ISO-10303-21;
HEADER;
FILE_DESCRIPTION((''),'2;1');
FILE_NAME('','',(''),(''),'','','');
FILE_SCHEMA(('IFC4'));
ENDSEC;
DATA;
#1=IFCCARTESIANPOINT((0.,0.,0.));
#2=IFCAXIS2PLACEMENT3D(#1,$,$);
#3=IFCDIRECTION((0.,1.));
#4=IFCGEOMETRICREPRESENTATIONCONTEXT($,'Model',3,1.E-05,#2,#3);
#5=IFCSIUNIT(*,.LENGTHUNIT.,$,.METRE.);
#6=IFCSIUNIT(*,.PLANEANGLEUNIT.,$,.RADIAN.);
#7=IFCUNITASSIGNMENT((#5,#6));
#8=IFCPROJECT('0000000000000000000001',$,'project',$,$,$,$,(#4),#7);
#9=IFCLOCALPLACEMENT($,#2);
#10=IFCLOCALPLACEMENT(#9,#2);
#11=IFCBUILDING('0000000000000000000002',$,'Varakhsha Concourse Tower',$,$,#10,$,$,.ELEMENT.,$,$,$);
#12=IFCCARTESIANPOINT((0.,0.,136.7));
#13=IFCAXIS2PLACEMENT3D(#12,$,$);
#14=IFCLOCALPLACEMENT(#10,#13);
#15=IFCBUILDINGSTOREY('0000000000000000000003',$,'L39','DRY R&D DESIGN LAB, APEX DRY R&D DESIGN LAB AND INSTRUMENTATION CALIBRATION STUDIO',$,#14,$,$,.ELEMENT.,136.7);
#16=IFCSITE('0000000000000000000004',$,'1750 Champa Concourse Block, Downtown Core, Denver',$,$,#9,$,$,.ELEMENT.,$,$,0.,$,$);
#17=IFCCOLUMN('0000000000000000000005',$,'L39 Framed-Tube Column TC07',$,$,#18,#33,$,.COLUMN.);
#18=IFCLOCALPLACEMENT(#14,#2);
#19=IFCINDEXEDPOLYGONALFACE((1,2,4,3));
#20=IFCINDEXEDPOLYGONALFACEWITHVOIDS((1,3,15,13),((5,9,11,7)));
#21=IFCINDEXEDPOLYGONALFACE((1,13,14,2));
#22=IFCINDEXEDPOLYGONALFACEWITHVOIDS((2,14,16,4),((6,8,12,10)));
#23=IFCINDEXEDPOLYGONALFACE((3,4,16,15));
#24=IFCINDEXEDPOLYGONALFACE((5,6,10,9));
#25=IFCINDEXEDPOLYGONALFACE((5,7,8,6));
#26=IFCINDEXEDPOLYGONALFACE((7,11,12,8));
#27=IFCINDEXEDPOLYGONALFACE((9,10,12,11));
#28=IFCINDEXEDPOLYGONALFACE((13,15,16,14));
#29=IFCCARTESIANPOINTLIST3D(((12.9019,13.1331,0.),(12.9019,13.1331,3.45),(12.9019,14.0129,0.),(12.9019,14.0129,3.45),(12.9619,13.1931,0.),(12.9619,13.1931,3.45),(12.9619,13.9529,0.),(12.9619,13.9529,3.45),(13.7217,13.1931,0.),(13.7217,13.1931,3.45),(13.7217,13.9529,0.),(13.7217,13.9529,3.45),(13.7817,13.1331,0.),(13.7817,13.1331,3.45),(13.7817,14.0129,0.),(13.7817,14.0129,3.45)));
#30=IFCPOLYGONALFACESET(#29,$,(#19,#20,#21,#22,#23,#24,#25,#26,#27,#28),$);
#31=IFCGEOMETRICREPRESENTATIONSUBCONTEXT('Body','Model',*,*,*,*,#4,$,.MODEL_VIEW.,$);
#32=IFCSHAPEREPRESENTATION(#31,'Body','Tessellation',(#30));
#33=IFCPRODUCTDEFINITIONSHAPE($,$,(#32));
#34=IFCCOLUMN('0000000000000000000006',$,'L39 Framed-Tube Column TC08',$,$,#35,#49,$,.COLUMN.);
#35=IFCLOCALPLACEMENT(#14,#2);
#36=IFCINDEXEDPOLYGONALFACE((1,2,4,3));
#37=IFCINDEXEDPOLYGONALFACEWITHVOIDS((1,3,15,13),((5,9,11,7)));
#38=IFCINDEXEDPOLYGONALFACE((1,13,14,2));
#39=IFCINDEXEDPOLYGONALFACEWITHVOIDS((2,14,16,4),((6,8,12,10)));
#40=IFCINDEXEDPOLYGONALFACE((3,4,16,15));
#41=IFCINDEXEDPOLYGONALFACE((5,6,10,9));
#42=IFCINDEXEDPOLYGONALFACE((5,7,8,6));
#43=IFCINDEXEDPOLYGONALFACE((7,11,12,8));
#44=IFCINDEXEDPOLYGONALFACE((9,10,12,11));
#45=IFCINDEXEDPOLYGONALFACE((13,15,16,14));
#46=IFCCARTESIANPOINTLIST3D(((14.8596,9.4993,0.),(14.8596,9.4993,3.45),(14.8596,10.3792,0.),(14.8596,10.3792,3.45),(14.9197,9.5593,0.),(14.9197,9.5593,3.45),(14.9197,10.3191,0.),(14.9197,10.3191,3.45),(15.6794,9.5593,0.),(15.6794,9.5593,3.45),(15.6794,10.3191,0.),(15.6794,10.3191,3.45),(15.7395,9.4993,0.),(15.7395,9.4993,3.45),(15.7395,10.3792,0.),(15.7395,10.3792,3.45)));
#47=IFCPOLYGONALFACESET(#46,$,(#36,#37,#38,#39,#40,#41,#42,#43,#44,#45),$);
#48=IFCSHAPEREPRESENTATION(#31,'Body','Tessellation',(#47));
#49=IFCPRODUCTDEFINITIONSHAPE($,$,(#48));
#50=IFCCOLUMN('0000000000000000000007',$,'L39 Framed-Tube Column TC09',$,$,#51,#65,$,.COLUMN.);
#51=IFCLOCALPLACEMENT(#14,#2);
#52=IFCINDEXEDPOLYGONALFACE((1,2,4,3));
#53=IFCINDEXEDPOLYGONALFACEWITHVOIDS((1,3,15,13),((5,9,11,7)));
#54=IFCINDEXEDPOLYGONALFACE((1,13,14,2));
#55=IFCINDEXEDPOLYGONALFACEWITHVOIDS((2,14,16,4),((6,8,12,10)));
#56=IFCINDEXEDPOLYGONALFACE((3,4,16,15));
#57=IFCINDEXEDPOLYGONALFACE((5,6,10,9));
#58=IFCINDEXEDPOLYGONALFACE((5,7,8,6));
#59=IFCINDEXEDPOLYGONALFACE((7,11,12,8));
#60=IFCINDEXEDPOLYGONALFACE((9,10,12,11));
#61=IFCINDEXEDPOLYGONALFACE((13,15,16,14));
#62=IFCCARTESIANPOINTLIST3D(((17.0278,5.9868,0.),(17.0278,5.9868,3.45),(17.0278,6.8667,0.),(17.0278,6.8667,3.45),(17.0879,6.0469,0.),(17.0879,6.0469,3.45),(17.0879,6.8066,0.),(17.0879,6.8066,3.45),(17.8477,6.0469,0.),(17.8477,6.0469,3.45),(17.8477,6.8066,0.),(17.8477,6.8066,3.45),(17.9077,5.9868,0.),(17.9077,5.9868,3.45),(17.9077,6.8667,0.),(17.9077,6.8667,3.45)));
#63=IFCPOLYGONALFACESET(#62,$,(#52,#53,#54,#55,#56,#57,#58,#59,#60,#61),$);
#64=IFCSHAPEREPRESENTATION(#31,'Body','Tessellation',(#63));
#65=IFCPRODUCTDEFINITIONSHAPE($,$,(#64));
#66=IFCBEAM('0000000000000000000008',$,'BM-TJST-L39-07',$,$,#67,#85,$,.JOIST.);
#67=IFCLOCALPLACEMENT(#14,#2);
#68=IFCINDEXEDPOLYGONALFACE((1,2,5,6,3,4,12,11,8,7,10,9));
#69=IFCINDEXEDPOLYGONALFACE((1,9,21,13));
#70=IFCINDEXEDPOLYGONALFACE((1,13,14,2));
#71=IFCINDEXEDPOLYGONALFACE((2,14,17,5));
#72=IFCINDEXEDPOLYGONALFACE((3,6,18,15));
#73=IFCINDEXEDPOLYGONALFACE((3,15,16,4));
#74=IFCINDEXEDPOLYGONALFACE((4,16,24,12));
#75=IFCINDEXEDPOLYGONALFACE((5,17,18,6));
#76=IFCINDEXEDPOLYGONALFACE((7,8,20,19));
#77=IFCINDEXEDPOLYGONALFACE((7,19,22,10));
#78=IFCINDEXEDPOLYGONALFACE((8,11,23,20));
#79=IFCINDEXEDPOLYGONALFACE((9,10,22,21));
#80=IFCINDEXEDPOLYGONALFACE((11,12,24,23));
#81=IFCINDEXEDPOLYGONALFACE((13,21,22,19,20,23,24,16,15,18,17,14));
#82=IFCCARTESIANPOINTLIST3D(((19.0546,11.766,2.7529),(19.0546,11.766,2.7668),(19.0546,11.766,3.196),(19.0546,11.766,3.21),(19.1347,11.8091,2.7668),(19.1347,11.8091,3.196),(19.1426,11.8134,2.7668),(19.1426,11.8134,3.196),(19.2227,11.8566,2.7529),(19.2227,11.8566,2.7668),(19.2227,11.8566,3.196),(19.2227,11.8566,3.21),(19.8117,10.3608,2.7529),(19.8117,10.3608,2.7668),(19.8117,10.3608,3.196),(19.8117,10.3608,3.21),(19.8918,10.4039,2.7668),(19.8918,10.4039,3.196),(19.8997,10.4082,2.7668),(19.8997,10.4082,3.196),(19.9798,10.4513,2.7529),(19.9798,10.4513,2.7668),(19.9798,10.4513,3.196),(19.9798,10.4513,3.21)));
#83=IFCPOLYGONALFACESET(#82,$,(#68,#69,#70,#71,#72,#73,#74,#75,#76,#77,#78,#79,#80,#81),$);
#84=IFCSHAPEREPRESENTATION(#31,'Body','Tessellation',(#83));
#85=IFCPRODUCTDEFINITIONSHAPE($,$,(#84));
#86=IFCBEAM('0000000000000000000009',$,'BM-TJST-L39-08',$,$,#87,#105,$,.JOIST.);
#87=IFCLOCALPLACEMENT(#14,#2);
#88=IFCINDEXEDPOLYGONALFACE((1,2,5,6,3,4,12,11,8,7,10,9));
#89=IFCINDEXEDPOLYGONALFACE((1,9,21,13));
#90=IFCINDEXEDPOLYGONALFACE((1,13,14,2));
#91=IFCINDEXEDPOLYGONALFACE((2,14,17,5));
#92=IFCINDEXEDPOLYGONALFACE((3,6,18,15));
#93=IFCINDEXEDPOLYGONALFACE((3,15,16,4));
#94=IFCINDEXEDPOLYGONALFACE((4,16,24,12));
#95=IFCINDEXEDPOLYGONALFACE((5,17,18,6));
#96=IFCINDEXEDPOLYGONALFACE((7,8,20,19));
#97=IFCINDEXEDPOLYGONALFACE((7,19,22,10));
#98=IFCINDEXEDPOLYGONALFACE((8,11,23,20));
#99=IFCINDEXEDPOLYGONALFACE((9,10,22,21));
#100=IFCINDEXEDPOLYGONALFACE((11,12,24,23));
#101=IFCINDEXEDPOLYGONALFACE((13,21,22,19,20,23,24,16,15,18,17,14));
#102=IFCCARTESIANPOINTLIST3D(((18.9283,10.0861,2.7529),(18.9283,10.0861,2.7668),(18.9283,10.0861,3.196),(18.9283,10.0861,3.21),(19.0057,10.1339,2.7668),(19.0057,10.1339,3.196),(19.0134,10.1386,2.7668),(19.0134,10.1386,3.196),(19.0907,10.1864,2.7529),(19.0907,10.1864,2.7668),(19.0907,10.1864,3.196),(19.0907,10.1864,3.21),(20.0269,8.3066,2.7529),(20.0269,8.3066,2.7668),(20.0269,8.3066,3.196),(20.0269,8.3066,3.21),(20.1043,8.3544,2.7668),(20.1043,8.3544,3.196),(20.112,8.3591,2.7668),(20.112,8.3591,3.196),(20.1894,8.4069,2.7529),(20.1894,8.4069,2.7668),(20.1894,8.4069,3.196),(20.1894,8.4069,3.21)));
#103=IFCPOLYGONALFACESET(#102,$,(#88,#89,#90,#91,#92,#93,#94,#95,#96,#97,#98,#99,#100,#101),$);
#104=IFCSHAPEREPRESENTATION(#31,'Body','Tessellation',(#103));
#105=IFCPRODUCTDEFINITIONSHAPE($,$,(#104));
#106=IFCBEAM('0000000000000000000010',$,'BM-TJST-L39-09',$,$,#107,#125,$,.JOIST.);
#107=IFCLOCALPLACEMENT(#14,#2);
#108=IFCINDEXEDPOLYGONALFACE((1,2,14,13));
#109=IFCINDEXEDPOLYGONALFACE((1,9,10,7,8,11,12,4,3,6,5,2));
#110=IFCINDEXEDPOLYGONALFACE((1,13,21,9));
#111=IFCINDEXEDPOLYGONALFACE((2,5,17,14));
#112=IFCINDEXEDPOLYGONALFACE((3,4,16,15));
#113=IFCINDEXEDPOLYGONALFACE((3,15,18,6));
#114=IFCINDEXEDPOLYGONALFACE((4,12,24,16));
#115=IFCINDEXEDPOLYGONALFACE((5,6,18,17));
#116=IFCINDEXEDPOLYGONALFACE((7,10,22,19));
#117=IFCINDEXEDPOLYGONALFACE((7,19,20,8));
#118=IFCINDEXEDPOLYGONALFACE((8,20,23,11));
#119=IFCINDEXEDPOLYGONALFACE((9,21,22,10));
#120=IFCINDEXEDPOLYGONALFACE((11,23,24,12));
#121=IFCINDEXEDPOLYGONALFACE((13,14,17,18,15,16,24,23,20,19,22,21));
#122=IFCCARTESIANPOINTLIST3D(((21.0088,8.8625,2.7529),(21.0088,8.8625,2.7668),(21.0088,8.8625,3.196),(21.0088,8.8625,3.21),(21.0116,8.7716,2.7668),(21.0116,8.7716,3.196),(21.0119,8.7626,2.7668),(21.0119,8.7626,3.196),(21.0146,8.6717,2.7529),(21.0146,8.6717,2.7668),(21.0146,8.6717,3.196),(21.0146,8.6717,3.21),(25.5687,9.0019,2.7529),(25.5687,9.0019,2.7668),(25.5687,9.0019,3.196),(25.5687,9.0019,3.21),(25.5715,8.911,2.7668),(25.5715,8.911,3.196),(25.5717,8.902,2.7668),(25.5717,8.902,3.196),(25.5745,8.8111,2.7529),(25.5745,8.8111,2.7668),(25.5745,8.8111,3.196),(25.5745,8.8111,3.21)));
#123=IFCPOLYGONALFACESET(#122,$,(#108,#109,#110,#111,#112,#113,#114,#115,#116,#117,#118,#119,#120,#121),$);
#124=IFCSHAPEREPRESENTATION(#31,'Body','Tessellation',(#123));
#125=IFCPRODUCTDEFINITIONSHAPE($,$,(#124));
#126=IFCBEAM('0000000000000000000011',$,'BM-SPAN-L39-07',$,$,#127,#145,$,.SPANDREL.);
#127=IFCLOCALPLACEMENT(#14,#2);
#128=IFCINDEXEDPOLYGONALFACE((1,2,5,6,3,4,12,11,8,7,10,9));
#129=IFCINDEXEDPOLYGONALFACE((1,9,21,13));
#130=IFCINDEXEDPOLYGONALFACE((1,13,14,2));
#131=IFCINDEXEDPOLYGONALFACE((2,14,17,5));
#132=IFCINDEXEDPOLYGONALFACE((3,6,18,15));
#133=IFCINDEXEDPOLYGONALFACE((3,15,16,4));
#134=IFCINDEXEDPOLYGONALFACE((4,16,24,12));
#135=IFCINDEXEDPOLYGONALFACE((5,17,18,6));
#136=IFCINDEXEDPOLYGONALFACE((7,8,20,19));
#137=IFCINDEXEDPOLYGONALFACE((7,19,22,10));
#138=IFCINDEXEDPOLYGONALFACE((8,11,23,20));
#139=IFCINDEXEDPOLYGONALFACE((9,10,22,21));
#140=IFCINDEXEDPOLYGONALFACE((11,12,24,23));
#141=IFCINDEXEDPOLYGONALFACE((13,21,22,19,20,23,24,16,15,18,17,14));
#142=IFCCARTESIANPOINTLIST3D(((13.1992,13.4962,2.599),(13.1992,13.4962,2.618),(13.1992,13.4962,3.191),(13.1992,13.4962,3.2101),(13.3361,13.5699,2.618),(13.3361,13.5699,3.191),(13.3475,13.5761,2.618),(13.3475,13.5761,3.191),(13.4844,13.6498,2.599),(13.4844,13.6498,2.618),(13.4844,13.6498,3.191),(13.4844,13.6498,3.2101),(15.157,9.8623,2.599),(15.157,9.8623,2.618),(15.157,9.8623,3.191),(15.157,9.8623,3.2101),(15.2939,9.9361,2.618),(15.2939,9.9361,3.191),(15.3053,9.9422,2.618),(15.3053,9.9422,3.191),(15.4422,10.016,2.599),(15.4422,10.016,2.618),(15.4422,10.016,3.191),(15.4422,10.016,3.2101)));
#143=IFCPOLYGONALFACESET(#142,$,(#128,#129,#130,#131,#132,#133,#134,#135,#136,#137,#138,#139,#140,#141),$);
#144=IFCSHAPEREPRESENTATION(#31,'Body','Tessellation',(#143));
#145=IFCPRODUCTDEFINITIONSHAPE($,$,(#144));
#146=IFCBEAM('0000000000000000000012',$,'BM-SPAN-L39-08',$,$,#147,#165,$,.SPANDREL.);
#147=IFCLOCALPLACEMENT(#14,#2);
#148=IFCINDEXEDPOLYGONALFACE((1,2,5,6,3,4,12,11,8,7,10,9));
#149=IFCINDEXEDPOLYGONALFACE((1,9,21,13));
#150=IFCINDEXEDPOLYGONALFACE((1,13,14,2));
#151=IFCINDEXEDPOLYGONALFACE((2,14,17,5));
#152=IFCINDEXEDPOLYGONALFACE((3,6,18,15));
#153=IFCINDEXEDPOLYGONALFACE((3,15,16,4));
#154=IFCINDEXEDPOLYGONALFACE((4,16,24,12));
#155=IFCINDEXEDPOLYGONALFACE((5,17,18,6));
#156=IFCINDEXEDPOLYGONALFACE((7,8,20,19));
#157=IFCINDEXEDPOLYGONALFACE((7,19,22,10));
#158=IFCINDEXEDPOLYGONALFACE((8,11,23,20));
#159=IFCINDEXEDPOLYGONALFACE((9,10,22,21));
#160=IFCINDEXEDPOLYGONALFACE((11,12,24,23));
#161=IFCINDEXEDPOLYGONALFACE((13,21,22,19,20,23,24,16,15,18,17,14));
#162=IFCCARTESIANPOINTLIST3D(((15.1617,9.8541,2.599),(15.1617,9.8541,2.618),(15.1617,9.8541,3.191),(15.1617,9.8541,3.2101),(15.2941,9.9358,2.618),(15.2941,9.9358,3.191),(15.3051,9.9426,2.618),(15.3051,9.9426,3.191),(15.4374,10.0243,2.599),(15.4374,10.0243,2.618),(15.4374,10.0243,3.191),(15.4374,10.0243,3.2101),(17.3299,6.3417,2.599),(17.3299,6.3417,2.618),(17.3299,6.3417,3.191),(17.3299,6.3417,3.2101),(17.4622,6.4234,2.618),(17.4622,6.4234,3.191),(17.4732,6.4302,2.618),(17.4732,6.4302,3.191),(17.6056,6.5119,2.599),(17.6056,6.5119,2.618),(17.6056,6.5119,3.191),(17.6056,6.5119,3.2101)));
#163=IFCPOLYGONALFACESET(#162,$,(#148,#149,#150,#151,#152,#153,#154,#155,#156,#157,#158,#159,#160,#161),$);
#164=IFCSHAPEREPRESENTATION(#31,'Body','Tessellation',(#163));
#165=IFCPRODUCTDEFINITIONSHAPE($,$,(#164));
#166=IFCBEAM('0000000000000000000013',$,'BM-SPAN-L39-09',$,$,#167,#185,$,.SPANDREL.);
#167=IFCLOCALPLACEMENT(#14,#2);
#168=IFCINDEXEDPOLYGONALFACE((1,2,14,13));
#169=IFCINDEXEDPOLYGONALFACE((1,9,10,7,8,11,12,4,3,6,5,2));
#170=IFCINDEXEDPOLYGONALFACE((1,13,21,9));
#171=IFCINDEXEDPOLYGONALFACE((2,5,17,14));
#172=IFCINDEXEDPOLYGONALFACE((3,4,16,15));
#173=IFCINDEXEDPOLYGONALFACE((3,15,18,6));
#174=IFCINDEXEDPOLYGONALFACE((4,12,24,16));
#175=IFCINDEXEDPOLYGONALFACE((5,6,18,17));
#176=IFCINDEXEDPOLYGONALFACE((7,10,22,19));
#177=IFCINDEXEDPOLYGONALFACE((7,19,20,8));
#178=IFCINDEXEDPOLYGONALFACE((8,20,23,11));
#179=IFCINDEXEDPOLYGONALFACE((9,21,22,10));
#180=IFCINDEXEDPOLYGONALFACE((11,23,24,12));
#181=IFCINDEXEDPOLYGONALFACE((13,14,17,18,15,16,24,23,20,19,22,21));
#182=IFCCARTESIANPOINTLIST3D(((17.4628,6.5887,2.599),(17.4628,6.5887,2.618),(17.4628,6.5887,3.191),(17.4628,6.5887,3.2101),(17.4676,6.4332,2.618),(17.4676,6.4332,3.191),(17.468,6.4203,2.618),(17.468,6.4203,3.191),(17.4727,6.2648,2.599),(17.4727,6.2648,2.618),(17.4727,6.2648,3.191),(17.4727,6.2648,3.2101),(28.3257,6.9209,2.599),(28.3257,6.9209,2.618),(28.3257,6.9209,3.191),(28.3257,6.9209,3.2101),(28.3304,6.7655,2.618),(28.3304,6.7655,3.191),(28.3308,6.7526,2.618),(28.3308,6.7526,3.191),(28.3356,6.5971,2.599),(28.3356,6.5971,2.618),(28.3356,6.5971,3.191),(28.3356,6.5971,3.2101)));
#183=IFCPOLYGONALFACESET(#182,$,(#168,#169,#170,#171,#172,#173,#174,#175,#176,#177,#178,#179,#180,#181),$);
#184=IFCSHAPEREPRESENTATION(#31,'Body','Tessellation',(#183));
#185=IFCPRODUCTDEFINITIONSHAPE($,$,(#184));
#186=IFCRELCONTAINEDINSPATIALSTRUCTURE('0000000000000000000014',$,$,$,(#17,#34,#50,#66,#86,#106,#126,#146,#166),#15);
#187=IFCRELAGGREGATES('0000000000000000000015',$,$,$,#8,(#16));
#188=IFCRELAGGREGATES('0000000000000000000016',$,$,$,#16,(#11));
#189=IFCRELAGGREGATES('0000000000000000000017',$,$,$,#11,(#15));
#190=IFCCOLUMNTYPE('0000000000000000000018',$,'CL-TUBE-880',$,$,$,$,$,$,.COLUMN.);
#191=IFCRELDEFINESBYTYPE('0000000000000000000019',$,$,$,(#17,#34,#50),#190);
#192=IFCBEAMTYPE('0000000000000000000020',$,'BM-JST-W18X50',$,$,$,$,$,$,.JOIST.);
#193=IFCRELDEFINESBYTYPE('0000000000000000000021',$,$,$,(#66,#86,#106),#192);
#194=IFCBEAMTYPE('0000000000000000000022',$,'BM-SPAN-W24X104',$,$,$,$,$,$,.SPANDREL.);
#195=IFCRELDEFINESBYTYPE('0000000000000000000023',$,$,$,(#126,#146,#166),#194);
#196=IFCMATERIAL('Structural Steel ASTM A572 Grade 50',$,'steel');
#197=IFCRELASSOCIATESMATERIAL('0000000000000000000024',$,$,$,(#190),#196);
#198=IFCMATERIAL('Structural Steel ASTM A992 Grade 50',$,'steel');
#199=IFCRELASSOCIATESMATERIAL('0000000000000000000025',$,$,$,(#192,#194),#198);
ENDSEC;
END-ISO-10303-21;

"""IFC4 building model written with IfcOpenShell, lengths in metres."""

from ifc_helpers import new_model, si_unit, direction, frame, origin, origin_2d, place, context, subcontext, project, spatial, hollow_rectangle, i_section, extrude, material, material_profile, profile_set, type_object, element, save


model = new_model("IFC4")

# Units and contexts
model_context = context("Model", 3, precision=1e-05, world=origin(), true_north=direction((0.0, 1.0)))
body_context = subcontext(model_context, "Body", "Model", "MODEL_VIEW")
ifc_project = project(units=[si_unit("LENGTHUNIT", "METRE"), si_unit("PLANEANGLEUNIT", "RADIAN")], contexts=[model_context])

# Site, building, storey
site_placement = place(None, origin())
site = spatial("IfcSite", under=ifc_project, at=site_placement, Name="1750 Champa Concourse Block, Downtown Core, Denver", CompositionType="ELEMENT", RefElevation=0.0)
building_placement = place(site_placement, origin())
building = spatial("IfcBuilding", under=site, at=building_placement, Name="Varakhsha Concourse Tower", CompositionType="ELEMENT")
storey_placement = place(building_placement, frame((0.0, 0.0, 136.7)))
storey = spatial("IfcBuildingStorey", under=building, at=storey_placement, Name="L39", Description="DRY R&D DESIGN LAB, APEX DRY R&D DESIGN LAB AND INSTRUMENTATION CALIBRATION STUDIO", CompositionType="ELEMENT", Elevation=136.7)

# Columns
ifc_material_1 = material(Name="Structural Steel ASTM A572 Grade 50", Category="steel")
ifc_material_profile_1 = material_profile(ifc_material_1, hollow_rectangle(XDim=0.8799, YDim=0.8799, WallThickness=0.0601, at=origin_2d()), Name="BOX 880x880x60")
ifc_profile_set_1 = profile_set([ifc_material_profile_1], Name="Structural Steel ASTM A572 Grade 50")
column_type = type_object("IfcColumnType", Name="CL-TUBE-880", PredefinedType="COLUMN", material=ifc_profile_set_1)
for number, where, z_axis, x_axis, name in (
    (1, (13.3418, 13.573, 0.0), (0.0, 0.0, 1.0), (1.0, 0.0, 0.0), "L39 Framed-Tube Column TC07"),
    (2, (15.2996, 9.9392, 0.0), (0.0, 0.0, 1.0), (1.0, 0.0, 0.0), "L39 Framed-Tube Column TC08"),
    (3, (17.4678, 6.4268, 0.0), (0.0, 0.0, 1.0), (1.0, 0.0, 0.0), "L39 Framed-Tube Column TC09"),
):
    element("IfcColumn", number, at=place(storey_placement, frame(where, z_axis=z_axis, x_axis=x_axis)), inside=storey, type_object=column_type, Name=name, PredefinedType="COLUMN", context=body_context, shape_type="SweptSolid", body=[
        extrude(hollow_rectangle(XDim=0.8799, YDim=0.8799, WallThickness=0.0601, at=origin_2d()), origin(), (0.0, 0.0, 1.0), 3.45),
    ])

# Beams
ifc_material_2 = material(Name="Structural Steel ASTM A992 Grade 50", Category="steel")
ifc_material_profile_2 = material_profile(ifc_material_2, i_section(OverallWidth=0.1909, OverallDepth=0.457, WebThickness=0.009, FlangeThickness=0.0139, at=origin_2d()), Name="W18X50")
ifc_profile_set_2 = profile_set([ifc_material_profile_2], Name="Structural Steel ASTM A992 Grade 50")
beam_type_1 = type_object("IfcBeamType", Name="BM-JST-W18X50", PredefinedType="JOIST", material=ifc_profile_set_2)
beam_1_placement = place(storey_placement, frame((19.1387, 11.8113, 2.9814), z_axis=(0.474291, -0.880368, 0.0), x_axis=(0.880368, 0.474291, 0.0)))
element("IfcBeam", 4, at=beam_1_placement, inside=storey, type_object=beam_type_1, Name="BM-TJST-L39-07", PredefinedType="JOIST", context=body_context, shape_type="SweptSolid", body=[
    extrude(i_section(OverallWidth=0.1909, OverallDepth=0.457, WebThickness=0.009, FlangeThickness=0.0139, at=origin_2d()), origin(), (0.0, 0.0, 1.0), 1.5962),
])
beam_2_placement = place(storey_placement, frame((19.0095, 10.1362, 2.9814), z_axis=(0.525321, -0.850904, 0.0), x_axis=(0.850904, 0.525321, 0.0)))
element("IfcBeam", 5, at=beam_2_placement, inside=storey, type_object=beam_type_1, Name="BM-TJST-L39-08", PredefinedType="JOIST", context=body_context, shape_type="SweptSolid", body=[
    extrude(i_section(OverallWidth=0.1909, OverallDepth=0.457, WebThickness=0.009, FlangeThickness=0.0139, at=origin_2d()), origin(), (0.0, 0.0, 1.0), 2.0913),
])
beam_3_placement = place(storey_placement, frame((21.0117, 8.7671, 2.9814), z_axis=(0.999533, 0.030558, 0.0), x_axis=(-0.030558, 0.999533, 0.0)))
element("IfcBeam", 6, at=beam_3_placement, inside=storey, type_object=beam_type_1, Name="BM-TJST-L39-09", PredefinedType="JOIST", context=body_context, shape_type="SweptSolid", body=[
    extrude(i_section(OverallWidth=0.1909, OverallDepth=0.457, WebThickness=0.009, FlangeThickness=0.0139, at=origin_2d()), origin(), (0.0, 0.0, 1.0), 4.562),
])
ifc_material_profile_3 = material_profile(ifc_material_2, i_section(OverallWidth=0.324, OverallDepth=0.6111, WebThickness=0.0129, FlangeThickness=0.019, at=origin_2d()), Name="W24X104")
ifc_profile_set_3 = profile_set([ifc_material_profile_3], Name="Structural Steel ASTM A992 Grade 50")
beam_type_2 = type_object("IfcBeamType", Name="BM-SPAN-W24X104", PredefinedType="SPANDREL", material=ifc_profile_set_3)
for number, where, z_axis, x_axis, name in (
    (7, (13.3418, 13.573, 2.9045), (0.474308, -0.880359, 0.0), (0.880359, 0.474308, 0.0), "BM-SPAN-L39-07"),
    (8, (15.2996, 9.9392, 2.9045), (0.525275, -0.850933, 0.0), (0.850933, 0.525275, 0.0), "BM-SPAN-L39-08"),
):
    element("IfcBeam", number, at=place(storey_placement, frame(where, z_axis=z_axis, x_axis=x_axis)), inside=storey, type_object=beam_type_2, Name=name, PredefinedType="SPANDREL", context=body_context, shape_type="SweptSolid", body=[
        extrude(i_section(OverallWidth=0.324, OverallDepth=0.6111, WebThickness=0.0129, FlangeThickness=0.019, at=origin_2d()), origin(), (0.0, 0.0, 1.0), 4.1277),
    ])
beam_4_placement = place(storey_placement, frame((17.4678, 6.4268, 2.9045), z_axis=(0.999533, 0.030574, 0.0), x_axis=(-0.030574, 0.999533, 0.0)))
element("IfcBeam", 9, at=beam_4_placement, inside=storey, type_object=beam_type_2, Name="BM-SPAN-L39-09", PredefinedType="SPANDREL", context=body_context, shape_type="SweptSolid", body=[
    extrude(i_section(OverallWidth=0.324, OverallDepth=0.6111, WebThickness=0.0129, FlangeThickness=0.019, at=origin_2d()), origin(), (0.0, 0.0, 1.0), 10.8679),
])

save(model, "model.ifc")
